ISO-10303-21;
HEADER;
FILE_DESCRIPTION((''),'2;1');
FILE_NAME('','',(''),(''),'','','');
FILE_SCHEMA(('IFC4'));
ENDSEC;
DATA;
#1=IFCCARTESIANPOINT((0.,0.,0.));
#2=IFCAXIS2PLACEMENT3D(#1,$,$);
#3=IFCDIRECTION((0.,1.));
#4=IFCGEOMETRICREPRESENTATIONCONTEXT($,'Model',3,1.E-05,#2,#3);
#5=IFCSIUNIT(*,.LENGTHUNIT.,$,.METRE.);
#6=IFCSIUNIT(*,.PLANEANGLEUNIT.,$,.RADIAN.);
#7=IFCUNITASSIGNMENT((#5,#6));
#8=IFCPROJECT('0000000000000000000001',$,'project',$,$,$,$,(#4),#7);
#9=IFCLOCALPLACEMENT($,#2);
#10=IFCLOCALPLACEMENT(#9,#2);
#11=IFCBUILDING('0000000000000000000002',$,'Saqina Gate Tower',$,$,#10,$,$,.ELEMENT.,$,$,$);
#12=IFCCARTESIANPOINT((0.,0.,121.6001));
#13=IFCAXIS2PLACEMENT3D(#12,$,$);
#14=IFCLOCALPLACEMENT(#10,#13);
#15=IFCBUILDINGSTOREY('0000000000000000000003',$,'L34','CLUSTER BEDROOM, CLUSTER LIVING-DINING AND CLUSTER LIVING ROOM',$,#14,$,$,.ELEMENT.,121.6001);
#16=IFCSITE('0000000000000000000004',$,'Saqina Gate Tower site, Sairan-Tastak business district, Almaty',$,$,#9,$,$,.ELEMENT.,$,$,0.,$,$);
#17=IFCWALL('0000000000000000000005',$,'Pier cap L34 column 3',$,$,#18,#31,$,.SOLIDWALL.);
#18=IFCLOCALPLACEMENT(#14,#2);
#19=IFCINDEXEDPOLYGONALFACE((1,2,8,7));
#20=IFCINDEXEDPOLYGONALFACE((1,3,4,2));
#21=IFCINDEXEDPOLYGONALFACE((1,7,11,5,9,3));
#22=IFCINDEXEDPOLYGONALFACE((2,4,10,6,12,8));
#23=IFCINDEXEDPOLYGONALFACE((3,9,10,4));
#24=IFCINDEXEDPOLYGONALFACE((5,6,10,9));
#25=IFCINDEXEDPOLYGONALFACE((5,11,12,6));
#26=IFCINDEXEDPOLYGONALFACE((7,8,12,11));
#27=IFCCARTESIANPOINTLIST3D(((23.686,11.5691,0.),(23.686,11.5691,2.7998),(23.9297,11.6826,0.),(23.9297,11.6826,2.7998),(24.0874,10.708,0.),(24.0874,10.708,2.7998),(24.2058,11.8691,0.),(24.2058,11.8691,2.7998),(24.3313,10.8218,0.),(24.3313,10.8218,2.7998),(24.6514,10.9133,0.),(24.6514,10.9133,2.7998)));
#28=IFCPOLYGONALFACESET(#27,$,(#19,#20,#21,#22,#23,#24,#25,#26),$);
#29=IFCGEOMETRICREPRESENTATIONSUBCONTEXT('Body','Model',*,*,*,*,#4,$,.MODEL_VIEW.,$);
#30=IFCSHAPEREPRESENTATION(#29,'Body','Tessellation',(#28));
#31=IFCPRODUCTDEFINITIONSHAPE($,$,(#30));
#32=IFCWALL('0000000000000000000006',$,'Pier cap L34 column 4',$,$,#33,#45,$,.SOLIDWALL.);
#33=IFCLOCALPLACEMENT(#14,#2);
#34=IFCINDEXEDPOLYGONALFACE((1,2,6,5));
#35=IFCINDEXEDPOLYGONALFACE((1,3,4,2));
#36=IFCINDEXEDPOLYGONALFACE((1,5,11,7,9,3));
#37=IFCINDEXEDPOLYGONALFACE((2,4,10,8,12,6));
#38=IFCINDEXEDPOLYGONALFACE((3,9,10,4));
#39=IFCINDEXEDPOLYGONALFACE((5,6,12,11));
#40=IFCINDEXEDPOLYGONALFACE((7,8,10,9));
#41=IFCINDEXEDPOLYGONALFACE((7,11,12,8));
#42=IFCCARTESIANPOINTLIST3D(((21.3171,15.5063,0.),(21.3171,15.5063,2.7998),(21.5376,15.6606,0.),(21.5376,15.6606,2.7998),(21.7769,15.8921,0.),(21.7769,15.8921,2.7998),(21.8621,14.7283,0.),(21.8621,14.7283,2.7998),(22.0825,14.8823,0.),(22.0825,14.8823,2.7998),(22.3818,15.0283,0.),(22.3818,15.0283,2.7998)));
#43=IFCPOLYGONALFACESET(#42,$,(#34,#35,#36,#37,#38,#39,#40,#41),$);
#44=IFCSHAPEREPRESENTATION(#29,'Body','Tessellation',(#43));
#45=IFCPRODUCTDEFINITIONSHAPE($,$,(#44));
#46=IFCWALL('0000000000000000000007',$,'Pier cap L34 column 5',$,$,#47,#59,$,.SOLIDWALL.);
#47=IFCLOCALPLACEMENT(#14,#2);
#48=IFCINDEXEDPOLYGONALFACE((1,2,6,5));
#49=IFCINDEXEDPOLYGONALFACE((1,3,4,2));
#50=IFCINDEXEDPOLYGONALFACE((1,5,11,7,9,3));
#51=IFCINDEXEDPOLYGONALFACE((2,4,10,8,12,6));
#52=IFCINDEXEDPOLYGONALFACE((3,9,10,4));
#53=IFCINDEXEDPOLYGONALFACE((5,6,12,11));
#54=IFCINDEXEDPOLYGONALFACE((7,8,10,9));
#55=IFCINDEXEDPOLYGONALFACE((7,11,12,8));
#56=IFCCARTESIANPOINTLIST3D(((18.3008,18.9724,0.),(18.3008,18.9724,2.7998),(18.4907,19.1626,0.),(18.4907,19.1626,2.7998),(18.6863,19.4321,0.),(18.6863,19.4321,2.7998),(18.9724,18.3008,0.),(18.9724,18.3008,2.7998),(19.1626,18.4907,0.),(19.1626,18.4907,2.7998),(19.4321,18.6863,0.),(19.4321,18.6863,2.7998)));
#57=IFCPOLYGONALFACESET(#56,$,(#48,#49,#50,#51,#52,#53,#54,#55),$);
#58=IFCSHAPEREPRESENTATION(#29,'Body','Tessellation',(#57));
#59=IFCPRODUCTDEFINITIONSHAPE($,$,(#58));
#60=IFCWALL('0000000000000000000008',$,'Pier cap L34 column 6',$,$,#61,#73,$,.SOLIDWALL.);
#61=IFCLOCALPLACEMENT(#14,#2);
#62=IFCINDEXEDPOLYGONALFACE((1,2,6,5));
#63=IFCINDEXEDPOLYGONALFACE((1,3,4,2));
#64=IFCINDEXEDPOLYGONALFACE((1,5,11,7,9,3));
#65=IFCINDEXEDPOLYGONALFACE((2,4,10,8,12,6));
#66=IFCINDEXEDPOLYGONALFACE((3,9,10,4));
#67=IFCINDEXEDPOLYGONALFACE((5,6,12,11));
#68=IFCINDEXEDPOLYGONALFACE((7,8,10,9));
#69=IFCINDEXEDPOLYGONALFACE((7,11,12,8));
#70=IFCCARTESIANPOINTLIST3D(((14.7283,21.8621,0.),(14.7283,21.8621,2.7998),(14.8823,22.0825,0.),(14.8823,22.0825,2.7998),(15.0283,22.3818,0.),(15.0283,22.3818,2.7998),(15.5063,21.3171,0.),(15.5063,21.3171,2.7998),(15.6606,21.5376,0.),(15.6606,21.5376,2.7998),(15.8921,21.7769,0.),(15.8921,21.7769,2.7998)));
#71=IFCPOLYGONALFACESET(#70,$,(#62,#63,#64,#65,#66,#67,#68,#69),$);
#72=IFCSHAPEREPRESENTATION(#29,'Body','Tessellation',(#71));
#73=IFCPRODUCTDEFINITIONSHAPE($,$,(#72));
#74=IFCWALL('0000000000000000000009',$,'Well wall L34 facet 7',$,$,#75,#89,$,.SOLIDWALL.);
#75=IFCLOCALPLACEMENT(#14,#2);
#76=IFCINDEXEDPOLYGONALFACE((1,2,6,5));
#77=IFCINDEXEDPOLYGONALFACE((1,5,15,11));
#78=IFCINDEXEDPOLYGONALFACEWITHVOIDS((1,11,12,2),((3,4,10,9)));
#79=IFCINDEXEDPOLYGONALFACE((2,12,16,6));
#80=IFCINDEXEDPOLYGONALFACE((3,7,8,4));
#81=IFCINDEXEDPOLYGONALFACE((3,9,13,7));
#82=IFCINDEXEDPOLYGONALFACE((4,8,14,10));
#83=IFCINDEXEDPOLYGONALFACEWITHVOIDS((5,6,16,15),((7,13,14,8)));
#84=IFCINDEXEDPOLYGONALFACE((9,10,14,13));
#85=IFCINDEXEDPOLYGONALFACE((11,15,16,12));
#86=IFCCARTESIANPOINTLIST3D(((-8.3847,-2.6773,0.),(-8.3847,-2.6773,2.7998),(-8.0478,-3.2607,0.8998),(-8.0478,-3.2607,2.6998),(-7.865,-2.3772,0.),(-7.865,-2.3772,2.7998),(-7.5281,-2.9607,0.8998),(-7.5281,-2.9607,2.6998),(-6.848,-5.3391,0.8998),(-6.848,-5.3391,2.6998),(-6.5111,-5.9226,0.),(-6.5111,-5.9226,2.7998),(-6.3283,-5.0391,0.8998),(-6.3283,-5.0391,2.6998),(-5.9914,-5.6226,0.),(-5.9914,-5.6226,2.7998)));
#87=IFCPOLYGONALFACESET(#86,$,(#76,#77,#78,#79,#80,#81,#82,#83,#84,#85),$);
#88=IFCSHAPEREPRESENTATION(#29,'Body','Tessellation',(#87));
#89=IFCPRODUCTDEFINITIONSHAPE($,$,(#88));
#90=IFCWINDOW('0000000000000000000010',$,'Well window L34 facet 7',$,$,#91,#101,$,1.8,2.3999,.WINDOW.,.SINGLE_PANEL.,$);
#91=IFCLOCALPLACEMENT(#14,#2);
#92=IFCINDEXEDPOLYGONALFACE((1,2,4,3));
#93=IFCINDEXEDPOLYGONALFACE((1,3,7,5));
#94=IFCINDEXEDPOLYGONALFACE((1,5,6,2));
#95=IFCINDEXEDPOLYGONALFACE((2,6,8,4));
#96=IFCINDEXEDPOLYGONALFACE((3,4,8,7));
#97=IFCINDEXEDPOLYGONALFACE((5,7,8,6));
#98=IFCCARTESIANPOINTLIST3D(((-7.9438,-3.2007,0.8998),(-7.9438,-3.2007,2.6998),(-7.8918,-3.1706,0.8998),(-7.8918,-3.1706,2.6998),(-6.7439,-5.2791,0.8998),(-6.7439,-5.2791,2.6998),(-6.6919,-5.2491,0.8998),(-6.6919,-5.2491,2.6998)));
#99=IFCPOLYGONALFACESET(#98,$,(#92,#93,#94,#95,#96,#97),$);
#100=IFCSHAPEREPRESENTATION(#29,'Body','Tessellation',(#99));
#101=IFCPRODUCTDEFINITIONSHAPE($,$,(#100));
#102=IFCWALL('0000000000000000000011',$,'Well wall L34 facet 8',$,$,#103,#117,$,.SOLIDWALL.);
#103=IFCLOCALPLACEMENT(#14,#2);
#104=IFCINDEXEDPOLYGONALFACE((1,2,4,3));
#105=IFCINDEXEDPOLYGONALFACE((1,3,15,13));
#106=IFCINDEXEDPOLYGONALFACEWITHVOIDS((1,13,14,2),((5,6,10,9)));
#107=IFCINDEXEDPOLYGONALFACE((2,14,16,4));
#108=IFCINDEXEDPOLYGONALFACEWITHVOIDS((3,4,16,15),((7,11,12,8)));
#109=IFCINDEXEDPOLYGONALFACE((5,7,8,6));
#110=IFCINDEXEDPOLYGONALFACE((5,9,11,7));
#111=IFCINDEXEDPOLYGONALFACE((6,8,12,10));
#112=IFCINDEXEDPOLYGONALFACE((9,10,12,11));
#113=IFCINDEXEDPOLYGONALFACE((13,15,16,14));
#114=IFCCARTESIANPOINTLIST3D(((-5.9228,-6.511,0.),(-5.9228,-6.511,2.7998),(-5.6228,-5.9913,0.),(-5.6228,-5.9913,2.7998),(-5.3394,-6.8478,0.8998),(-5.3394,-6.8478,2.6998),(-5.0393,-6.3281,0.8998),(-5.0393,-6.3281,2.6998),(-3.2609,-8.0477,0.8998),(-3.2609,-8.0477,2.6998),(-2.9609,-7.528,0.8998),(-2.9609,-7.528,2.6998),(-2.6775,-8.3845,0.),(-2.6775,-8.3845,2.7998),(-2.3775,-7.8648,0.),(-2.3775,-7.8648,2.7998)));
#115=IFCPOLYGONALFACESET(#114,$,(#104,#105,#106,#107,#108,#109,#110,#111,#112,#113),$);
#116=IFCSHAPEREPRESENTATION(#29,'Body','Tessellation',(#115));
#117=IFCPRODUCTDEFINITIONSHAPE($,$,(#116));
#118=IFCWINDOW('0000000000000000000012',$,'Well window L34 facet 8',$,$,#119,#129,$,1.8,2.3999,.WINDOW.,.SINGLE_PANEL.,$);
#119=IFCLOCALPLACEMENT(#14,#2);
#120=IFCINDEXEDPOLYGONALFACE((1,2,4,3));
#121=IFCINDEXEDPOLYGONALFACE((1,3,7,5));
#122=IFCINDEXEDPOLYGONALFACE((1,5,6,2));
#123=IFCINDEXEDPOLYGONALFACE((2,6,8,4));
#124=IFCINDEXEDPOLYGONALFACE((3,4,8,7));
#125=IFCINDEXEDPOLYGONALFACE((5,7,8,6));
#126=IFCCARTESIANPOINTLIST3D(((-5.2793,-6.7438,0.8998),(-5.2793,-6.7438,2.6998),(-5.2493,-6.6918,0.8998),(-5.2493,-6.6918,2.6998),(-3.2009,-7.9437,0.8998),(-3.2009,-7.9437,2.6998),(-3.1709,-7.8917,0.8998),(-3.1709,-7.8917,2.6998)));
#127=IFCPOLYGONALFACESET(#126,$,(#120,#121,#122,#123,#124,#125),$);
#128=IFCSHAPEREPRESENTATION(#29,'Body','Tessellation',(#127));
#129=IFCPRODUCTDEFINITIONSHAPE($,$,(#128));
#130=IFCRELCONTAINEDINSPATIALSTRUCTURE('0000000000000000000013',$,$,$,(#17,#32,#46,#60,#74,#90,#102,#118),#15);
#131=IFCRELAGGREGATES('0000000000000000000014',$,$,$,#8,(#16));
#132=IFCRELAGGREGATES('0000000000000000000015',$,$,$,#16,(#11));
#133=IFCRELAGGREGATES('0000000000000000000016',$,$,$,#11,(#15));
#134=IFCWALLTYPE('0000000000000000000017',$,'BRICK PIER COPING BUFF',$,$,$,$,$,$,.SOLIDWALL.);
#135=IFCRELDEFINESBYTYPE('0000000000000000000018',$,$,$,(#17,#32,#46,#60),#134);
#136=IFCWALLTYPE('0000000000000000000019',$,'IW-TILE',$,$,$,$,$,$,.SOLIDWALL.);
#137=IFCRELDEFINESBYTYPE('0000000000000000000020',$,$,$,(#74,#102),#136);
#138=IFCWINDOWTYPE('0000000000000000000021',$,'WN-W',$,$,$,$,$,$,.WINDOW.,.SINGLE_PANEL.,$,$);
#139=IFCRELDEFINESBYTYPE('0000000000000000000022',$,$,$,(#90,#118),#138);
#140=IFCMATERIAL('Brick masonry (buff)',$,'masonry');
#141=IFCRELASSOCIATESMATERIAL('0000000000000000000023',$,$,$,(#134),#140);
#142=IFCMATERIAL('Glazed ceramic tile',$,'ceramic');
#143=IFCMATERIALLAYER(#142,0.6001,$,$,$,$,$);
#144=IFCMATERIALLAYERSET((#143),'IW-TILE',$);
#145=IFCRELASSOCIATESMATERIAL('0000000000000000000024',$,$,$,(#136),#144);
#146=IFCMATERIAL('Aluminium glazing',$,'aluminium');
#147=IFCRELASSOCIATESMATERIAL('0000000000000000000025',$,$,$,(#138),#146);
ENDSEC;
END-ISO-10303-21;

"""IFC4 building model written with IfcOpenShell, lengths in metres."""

from ifc_helpers import new_model, si_unit, direction, frame, frame_2d, origin, place, context, subcontext, project, spatial, polyline, rectangle, outline, extrude, material, layer, layer_set, type_object, element, fill, save


model = new_model("IFC4")

# Units and contexts
model_context = context("Model", 3, precision=1e-05, world=origin(), true_north=direction((0.0, 1.0)))
body_context = subcontext(model_context, "Body", "Model", "MODEL_VIEW")
ifc_project = project(units=[si_unit("LENGTHUNIT", "METRE"), si_unit("PLANEANGLEUNIT", "RADIAN")], contexts=[model_context])

# Site, building, storey
site_placement = place(None, origin())
site = spatial("IfcSite", under=ifc_project, at=site_placement, Name="Saqina Gate Tower site, Sairan-Tastak business district, Almaty", CompositionType="ELEMENT", RefElevation=0.0)
building_placement = place(site_placement, origin())
building = spatial("IfcBuilding", under=site, at=building_placement, Name="Saqina Gate Tower", CompositionType="ELEMENT")
storey_placement = place(building_placement, frame((0.0, 0.0, 121.6001)))
storey = spatial("IfcBuildingStorey", under=building, at=storey_placement, Name="L34", Description="CLUSTER BEDROOM, CLUSTER LIVING-DINING AND CLUSTER LIVING ROOM", CompositionType="ELEMENT", Elevation=121.6001)

# Walls
ifc_material_1 = material(Name="Brick masonry (buff)", Category="masonry")
wall_type_1 = type_object("IfcWallType", Name="BRICK PIER COPING BUFF", PredefinedType="SOLIDWALL", material=ifc_material_1)
wall_1_placement = place(storey_placement, origin())
element("IfcWall", 1, at=wall_1_placement, inside=storey, type_object=wall_type_1, Name="Pier cap L34 column 3", PredefinedType="SOLIDWALL", context=body_context, shape_type="SweptSolid", body=[
    extrude(outline(polyline([(24.6514, 10.9133), (24.2058, 11.8691), (23.686, 11.5691), (23.9297, 11.6826), (24.3313, 10.8218), (24.0874, 10.708), (24.6514, 10.9133)])), origin(), (0.0, 0.0, 1.0), 2.7998),
])
wall_2_placement = place(storey_placement, origin())
element("IfcWall", 2, at=wall_2_placement, inside=storey, type_object=wall_type_1, Name="Pier cap L34 column 4", PredefinedType="SOLIDWALL", context=body_context, shape_type="SweptSolid", body=[
    extrude(outline(polyline([(21.7769, 15.8921), (21.3171, 15.5063), (21.5376, 15.6606), (22.0825, 14.8823), (21.8621, 14.7283), (22.3818, 15.0283), (21.7769, 15.8921)])), origin(), (0.0, 0.0, 1.0), 2.7998),
])
wall_3_placement = place(storey_placement, origin())
element("IfcWall", 3, at=wall_3_placement, inside=storey, type_object=wall_type_1, Name="Pier cap L34 column 5", PredefinedType="SOLIDWALL", context=body_context, shape_type="SweptSolid", body=[
    extrude(outline(polyline([(19.4321, 18.6863), (18.6863, 19.4321), (18.3008, 18.9724), (18.4907, 19.1626), (19.1626, 18.4907), (18.9724, 18.3008), (19.4321, 18.6863)])), origin(), (0.0, 0.0, 1.0), 2.7998),
])
wall_4_placement = place(storey_placement, origin())
element("IfcWall", 4, at=wall_4_placement, inside=storey, type_object=wall_type_1, Name="Pier cap L34 column 6", PredefinedType="SOLIDWALL", context=body_context, shape_type="SweptSolid", body=[
    extrude(outline(polyline([(15.0283, 22.3818), (14.7283, 21.8621), (14.8823, 22.0825), (15.6606, 21.5376), (15.5063, 21.3171), (15.8921, 21.7769), (15.0283, 22.3818)])), origin(), (0.0, 0.0, 1.0), 2.7998),
])

# Walls, openings, windows
ifc_material_2 = material(Name="Glazed ceramic tile", Category="ceramic")
ifc_layer_1 = layer(ifc_material_2, 0.6001)
ifc_layer_set_1 = layer_set([ifc_layer_1], Name="IW-TILE")
wall_type_2 = type_object("IfcWallType", Name="IW-TILE", PredefinedType="SOLIDWALL", material=ifc_layer_set_1)
wall_5_placement = place(storey_placement, frame((-8.1248, -2.5273, 0.0), z_axis=(0.0, 0.0, 1.0), x_axis=(0.499965, -0.866046, 0.0)))
wall_5 = element("IfcWall", 5, at=wall_5_placement, inside=storey, type_object=wall_type_2, Name="Well wall L34 facet 7", PredefinedType="SOLIDWALL", context=body_context, shape_type="SweptSolid", body=[
    extrude(rectangle(XDim=3.7473, YDim=0.6001, at=frame_2d((1.8735, 0.0))), origin(), (0.0, 0.0, 1.0), 2.7998),
])
opening_1_placement = place(wall_5_placement, frame((0.6736, 0.0, 0.8999)))
opening_1 = element("IfcOpeningElement", 6, at=opening_1_placement, cuts=wall_5, PredefinedType="OPENING", context=body_context, shape_type="SweptSolid", body=[
    extrude(rectangle(XDim=2.3999, YDim=1.8, at=frame_2d((1.2, 0.8999))), frame((0.0, 0.312, 0.0), z_axis=(0.0, -1.0, 0.0), x_axis=(1.0, 0.0, 0.0)), (0.0, 0.0, 1.0), 0.624),
])
ifc_material_3 = material(Name="Aluminium glazing", Category="aluminium")
window_type = type_object("IfcWindowType", Name="WN-W", PartitioningType="SINGLE_PANEL", PredefinedType="WINDOW", material=ifc_material_3)
window_1_placement = place(opening_1_placement, origin())
window_1 = element("IfcWindow", 7, at=window_1_placement, inside=storey, type_object=window_type, Name="Well window L34 facet 7", OverallHeight=1.8, OverallWidth=2.3999, PartitioningType="SINGLE_PANEL", PredefinedType="WINDOW", context=body_context, shape_type="SweptSolid", body=[
    extrude(rectangle(XDim=2.3999, YDim=1.8, at=frame_2d((1.2, 0.8999))), frame((0.0, -0.1199, 0.0), z_axis=(0.0, -1.0, 0.0), x_axis=(1.0, 0.0, 0.0)), (0.0, 0.0, 1.0), 0.0601),
])
fill(opening_1, window_1)
wall_6_placement = place(storey_placement, frame((-5.7727, -6.2512, 0.0), z_axis=(0.0, 0.0, 1.0), x_axis=(0.866046, -0.499965, 0.0)))
wall_6 = element("IfcWall", 8, at=wall_6_placement, inside=storey, type_object=wall_type_2, Name="Well wall L34 facet 8", PredefinedType="SOLIDWALL", context=body_context, shape_type="SweptSolid", body=[
    extrude(rectangle(XDim=3.7473, YDim=0.6001, at=frame_2d((1.8735, 0.0))), origin(), (0.0, 0.0, 1.0), 2.7998),
])
opening_2_placement = place(wall_6_placement, frame((0.6736, 0.0, 0.8999)))
opening_2 = element("IfcOpeningElement", 9, at=opening_2_placement, cuts=wall_6, PredefinedType="OPENING", context=body_context, shape_type="SweptSolid", body=[
    extrude(rectangle(XDim=2.3999, YDim=1.8, at=frame_2d((1.2, 0.8999))), frame((0.0, 0.312, 0.0), z_axis=(0.0, -1.0, 0.0), x_axis=(1.0, 0.0, 0.0)), (0.0, 0.0, 1.0), 0.624),
])
window_2_placement = place(opening_2_placement, origin())
window_2 = element("IfcWindow", 10, at=window_2_placement, inside=storey, type_object=window_type, Name="Well window L34 facet 8", OverallHeight=1.8, OverallWidth=2.3999, PartitioningType="SINGLE_PANEL", PredefinedType="WINDOW", context=body_context, shape_type="SweptSolid", body=[
    extrude(rectangle(XDim=2.3999, YDim=1.8, at=frame_2d((1.2, 0.8999))), frame((0.0, -0.1199, 0.0), z_axis=(0.0, -1.0, 0.0), x_axis=(1.0, 0.0, 0.0)), (0.0, 0.0, 1.0), 0.0601),
])
fill(opening_2, window_2)

save(model, "model.ifc")
